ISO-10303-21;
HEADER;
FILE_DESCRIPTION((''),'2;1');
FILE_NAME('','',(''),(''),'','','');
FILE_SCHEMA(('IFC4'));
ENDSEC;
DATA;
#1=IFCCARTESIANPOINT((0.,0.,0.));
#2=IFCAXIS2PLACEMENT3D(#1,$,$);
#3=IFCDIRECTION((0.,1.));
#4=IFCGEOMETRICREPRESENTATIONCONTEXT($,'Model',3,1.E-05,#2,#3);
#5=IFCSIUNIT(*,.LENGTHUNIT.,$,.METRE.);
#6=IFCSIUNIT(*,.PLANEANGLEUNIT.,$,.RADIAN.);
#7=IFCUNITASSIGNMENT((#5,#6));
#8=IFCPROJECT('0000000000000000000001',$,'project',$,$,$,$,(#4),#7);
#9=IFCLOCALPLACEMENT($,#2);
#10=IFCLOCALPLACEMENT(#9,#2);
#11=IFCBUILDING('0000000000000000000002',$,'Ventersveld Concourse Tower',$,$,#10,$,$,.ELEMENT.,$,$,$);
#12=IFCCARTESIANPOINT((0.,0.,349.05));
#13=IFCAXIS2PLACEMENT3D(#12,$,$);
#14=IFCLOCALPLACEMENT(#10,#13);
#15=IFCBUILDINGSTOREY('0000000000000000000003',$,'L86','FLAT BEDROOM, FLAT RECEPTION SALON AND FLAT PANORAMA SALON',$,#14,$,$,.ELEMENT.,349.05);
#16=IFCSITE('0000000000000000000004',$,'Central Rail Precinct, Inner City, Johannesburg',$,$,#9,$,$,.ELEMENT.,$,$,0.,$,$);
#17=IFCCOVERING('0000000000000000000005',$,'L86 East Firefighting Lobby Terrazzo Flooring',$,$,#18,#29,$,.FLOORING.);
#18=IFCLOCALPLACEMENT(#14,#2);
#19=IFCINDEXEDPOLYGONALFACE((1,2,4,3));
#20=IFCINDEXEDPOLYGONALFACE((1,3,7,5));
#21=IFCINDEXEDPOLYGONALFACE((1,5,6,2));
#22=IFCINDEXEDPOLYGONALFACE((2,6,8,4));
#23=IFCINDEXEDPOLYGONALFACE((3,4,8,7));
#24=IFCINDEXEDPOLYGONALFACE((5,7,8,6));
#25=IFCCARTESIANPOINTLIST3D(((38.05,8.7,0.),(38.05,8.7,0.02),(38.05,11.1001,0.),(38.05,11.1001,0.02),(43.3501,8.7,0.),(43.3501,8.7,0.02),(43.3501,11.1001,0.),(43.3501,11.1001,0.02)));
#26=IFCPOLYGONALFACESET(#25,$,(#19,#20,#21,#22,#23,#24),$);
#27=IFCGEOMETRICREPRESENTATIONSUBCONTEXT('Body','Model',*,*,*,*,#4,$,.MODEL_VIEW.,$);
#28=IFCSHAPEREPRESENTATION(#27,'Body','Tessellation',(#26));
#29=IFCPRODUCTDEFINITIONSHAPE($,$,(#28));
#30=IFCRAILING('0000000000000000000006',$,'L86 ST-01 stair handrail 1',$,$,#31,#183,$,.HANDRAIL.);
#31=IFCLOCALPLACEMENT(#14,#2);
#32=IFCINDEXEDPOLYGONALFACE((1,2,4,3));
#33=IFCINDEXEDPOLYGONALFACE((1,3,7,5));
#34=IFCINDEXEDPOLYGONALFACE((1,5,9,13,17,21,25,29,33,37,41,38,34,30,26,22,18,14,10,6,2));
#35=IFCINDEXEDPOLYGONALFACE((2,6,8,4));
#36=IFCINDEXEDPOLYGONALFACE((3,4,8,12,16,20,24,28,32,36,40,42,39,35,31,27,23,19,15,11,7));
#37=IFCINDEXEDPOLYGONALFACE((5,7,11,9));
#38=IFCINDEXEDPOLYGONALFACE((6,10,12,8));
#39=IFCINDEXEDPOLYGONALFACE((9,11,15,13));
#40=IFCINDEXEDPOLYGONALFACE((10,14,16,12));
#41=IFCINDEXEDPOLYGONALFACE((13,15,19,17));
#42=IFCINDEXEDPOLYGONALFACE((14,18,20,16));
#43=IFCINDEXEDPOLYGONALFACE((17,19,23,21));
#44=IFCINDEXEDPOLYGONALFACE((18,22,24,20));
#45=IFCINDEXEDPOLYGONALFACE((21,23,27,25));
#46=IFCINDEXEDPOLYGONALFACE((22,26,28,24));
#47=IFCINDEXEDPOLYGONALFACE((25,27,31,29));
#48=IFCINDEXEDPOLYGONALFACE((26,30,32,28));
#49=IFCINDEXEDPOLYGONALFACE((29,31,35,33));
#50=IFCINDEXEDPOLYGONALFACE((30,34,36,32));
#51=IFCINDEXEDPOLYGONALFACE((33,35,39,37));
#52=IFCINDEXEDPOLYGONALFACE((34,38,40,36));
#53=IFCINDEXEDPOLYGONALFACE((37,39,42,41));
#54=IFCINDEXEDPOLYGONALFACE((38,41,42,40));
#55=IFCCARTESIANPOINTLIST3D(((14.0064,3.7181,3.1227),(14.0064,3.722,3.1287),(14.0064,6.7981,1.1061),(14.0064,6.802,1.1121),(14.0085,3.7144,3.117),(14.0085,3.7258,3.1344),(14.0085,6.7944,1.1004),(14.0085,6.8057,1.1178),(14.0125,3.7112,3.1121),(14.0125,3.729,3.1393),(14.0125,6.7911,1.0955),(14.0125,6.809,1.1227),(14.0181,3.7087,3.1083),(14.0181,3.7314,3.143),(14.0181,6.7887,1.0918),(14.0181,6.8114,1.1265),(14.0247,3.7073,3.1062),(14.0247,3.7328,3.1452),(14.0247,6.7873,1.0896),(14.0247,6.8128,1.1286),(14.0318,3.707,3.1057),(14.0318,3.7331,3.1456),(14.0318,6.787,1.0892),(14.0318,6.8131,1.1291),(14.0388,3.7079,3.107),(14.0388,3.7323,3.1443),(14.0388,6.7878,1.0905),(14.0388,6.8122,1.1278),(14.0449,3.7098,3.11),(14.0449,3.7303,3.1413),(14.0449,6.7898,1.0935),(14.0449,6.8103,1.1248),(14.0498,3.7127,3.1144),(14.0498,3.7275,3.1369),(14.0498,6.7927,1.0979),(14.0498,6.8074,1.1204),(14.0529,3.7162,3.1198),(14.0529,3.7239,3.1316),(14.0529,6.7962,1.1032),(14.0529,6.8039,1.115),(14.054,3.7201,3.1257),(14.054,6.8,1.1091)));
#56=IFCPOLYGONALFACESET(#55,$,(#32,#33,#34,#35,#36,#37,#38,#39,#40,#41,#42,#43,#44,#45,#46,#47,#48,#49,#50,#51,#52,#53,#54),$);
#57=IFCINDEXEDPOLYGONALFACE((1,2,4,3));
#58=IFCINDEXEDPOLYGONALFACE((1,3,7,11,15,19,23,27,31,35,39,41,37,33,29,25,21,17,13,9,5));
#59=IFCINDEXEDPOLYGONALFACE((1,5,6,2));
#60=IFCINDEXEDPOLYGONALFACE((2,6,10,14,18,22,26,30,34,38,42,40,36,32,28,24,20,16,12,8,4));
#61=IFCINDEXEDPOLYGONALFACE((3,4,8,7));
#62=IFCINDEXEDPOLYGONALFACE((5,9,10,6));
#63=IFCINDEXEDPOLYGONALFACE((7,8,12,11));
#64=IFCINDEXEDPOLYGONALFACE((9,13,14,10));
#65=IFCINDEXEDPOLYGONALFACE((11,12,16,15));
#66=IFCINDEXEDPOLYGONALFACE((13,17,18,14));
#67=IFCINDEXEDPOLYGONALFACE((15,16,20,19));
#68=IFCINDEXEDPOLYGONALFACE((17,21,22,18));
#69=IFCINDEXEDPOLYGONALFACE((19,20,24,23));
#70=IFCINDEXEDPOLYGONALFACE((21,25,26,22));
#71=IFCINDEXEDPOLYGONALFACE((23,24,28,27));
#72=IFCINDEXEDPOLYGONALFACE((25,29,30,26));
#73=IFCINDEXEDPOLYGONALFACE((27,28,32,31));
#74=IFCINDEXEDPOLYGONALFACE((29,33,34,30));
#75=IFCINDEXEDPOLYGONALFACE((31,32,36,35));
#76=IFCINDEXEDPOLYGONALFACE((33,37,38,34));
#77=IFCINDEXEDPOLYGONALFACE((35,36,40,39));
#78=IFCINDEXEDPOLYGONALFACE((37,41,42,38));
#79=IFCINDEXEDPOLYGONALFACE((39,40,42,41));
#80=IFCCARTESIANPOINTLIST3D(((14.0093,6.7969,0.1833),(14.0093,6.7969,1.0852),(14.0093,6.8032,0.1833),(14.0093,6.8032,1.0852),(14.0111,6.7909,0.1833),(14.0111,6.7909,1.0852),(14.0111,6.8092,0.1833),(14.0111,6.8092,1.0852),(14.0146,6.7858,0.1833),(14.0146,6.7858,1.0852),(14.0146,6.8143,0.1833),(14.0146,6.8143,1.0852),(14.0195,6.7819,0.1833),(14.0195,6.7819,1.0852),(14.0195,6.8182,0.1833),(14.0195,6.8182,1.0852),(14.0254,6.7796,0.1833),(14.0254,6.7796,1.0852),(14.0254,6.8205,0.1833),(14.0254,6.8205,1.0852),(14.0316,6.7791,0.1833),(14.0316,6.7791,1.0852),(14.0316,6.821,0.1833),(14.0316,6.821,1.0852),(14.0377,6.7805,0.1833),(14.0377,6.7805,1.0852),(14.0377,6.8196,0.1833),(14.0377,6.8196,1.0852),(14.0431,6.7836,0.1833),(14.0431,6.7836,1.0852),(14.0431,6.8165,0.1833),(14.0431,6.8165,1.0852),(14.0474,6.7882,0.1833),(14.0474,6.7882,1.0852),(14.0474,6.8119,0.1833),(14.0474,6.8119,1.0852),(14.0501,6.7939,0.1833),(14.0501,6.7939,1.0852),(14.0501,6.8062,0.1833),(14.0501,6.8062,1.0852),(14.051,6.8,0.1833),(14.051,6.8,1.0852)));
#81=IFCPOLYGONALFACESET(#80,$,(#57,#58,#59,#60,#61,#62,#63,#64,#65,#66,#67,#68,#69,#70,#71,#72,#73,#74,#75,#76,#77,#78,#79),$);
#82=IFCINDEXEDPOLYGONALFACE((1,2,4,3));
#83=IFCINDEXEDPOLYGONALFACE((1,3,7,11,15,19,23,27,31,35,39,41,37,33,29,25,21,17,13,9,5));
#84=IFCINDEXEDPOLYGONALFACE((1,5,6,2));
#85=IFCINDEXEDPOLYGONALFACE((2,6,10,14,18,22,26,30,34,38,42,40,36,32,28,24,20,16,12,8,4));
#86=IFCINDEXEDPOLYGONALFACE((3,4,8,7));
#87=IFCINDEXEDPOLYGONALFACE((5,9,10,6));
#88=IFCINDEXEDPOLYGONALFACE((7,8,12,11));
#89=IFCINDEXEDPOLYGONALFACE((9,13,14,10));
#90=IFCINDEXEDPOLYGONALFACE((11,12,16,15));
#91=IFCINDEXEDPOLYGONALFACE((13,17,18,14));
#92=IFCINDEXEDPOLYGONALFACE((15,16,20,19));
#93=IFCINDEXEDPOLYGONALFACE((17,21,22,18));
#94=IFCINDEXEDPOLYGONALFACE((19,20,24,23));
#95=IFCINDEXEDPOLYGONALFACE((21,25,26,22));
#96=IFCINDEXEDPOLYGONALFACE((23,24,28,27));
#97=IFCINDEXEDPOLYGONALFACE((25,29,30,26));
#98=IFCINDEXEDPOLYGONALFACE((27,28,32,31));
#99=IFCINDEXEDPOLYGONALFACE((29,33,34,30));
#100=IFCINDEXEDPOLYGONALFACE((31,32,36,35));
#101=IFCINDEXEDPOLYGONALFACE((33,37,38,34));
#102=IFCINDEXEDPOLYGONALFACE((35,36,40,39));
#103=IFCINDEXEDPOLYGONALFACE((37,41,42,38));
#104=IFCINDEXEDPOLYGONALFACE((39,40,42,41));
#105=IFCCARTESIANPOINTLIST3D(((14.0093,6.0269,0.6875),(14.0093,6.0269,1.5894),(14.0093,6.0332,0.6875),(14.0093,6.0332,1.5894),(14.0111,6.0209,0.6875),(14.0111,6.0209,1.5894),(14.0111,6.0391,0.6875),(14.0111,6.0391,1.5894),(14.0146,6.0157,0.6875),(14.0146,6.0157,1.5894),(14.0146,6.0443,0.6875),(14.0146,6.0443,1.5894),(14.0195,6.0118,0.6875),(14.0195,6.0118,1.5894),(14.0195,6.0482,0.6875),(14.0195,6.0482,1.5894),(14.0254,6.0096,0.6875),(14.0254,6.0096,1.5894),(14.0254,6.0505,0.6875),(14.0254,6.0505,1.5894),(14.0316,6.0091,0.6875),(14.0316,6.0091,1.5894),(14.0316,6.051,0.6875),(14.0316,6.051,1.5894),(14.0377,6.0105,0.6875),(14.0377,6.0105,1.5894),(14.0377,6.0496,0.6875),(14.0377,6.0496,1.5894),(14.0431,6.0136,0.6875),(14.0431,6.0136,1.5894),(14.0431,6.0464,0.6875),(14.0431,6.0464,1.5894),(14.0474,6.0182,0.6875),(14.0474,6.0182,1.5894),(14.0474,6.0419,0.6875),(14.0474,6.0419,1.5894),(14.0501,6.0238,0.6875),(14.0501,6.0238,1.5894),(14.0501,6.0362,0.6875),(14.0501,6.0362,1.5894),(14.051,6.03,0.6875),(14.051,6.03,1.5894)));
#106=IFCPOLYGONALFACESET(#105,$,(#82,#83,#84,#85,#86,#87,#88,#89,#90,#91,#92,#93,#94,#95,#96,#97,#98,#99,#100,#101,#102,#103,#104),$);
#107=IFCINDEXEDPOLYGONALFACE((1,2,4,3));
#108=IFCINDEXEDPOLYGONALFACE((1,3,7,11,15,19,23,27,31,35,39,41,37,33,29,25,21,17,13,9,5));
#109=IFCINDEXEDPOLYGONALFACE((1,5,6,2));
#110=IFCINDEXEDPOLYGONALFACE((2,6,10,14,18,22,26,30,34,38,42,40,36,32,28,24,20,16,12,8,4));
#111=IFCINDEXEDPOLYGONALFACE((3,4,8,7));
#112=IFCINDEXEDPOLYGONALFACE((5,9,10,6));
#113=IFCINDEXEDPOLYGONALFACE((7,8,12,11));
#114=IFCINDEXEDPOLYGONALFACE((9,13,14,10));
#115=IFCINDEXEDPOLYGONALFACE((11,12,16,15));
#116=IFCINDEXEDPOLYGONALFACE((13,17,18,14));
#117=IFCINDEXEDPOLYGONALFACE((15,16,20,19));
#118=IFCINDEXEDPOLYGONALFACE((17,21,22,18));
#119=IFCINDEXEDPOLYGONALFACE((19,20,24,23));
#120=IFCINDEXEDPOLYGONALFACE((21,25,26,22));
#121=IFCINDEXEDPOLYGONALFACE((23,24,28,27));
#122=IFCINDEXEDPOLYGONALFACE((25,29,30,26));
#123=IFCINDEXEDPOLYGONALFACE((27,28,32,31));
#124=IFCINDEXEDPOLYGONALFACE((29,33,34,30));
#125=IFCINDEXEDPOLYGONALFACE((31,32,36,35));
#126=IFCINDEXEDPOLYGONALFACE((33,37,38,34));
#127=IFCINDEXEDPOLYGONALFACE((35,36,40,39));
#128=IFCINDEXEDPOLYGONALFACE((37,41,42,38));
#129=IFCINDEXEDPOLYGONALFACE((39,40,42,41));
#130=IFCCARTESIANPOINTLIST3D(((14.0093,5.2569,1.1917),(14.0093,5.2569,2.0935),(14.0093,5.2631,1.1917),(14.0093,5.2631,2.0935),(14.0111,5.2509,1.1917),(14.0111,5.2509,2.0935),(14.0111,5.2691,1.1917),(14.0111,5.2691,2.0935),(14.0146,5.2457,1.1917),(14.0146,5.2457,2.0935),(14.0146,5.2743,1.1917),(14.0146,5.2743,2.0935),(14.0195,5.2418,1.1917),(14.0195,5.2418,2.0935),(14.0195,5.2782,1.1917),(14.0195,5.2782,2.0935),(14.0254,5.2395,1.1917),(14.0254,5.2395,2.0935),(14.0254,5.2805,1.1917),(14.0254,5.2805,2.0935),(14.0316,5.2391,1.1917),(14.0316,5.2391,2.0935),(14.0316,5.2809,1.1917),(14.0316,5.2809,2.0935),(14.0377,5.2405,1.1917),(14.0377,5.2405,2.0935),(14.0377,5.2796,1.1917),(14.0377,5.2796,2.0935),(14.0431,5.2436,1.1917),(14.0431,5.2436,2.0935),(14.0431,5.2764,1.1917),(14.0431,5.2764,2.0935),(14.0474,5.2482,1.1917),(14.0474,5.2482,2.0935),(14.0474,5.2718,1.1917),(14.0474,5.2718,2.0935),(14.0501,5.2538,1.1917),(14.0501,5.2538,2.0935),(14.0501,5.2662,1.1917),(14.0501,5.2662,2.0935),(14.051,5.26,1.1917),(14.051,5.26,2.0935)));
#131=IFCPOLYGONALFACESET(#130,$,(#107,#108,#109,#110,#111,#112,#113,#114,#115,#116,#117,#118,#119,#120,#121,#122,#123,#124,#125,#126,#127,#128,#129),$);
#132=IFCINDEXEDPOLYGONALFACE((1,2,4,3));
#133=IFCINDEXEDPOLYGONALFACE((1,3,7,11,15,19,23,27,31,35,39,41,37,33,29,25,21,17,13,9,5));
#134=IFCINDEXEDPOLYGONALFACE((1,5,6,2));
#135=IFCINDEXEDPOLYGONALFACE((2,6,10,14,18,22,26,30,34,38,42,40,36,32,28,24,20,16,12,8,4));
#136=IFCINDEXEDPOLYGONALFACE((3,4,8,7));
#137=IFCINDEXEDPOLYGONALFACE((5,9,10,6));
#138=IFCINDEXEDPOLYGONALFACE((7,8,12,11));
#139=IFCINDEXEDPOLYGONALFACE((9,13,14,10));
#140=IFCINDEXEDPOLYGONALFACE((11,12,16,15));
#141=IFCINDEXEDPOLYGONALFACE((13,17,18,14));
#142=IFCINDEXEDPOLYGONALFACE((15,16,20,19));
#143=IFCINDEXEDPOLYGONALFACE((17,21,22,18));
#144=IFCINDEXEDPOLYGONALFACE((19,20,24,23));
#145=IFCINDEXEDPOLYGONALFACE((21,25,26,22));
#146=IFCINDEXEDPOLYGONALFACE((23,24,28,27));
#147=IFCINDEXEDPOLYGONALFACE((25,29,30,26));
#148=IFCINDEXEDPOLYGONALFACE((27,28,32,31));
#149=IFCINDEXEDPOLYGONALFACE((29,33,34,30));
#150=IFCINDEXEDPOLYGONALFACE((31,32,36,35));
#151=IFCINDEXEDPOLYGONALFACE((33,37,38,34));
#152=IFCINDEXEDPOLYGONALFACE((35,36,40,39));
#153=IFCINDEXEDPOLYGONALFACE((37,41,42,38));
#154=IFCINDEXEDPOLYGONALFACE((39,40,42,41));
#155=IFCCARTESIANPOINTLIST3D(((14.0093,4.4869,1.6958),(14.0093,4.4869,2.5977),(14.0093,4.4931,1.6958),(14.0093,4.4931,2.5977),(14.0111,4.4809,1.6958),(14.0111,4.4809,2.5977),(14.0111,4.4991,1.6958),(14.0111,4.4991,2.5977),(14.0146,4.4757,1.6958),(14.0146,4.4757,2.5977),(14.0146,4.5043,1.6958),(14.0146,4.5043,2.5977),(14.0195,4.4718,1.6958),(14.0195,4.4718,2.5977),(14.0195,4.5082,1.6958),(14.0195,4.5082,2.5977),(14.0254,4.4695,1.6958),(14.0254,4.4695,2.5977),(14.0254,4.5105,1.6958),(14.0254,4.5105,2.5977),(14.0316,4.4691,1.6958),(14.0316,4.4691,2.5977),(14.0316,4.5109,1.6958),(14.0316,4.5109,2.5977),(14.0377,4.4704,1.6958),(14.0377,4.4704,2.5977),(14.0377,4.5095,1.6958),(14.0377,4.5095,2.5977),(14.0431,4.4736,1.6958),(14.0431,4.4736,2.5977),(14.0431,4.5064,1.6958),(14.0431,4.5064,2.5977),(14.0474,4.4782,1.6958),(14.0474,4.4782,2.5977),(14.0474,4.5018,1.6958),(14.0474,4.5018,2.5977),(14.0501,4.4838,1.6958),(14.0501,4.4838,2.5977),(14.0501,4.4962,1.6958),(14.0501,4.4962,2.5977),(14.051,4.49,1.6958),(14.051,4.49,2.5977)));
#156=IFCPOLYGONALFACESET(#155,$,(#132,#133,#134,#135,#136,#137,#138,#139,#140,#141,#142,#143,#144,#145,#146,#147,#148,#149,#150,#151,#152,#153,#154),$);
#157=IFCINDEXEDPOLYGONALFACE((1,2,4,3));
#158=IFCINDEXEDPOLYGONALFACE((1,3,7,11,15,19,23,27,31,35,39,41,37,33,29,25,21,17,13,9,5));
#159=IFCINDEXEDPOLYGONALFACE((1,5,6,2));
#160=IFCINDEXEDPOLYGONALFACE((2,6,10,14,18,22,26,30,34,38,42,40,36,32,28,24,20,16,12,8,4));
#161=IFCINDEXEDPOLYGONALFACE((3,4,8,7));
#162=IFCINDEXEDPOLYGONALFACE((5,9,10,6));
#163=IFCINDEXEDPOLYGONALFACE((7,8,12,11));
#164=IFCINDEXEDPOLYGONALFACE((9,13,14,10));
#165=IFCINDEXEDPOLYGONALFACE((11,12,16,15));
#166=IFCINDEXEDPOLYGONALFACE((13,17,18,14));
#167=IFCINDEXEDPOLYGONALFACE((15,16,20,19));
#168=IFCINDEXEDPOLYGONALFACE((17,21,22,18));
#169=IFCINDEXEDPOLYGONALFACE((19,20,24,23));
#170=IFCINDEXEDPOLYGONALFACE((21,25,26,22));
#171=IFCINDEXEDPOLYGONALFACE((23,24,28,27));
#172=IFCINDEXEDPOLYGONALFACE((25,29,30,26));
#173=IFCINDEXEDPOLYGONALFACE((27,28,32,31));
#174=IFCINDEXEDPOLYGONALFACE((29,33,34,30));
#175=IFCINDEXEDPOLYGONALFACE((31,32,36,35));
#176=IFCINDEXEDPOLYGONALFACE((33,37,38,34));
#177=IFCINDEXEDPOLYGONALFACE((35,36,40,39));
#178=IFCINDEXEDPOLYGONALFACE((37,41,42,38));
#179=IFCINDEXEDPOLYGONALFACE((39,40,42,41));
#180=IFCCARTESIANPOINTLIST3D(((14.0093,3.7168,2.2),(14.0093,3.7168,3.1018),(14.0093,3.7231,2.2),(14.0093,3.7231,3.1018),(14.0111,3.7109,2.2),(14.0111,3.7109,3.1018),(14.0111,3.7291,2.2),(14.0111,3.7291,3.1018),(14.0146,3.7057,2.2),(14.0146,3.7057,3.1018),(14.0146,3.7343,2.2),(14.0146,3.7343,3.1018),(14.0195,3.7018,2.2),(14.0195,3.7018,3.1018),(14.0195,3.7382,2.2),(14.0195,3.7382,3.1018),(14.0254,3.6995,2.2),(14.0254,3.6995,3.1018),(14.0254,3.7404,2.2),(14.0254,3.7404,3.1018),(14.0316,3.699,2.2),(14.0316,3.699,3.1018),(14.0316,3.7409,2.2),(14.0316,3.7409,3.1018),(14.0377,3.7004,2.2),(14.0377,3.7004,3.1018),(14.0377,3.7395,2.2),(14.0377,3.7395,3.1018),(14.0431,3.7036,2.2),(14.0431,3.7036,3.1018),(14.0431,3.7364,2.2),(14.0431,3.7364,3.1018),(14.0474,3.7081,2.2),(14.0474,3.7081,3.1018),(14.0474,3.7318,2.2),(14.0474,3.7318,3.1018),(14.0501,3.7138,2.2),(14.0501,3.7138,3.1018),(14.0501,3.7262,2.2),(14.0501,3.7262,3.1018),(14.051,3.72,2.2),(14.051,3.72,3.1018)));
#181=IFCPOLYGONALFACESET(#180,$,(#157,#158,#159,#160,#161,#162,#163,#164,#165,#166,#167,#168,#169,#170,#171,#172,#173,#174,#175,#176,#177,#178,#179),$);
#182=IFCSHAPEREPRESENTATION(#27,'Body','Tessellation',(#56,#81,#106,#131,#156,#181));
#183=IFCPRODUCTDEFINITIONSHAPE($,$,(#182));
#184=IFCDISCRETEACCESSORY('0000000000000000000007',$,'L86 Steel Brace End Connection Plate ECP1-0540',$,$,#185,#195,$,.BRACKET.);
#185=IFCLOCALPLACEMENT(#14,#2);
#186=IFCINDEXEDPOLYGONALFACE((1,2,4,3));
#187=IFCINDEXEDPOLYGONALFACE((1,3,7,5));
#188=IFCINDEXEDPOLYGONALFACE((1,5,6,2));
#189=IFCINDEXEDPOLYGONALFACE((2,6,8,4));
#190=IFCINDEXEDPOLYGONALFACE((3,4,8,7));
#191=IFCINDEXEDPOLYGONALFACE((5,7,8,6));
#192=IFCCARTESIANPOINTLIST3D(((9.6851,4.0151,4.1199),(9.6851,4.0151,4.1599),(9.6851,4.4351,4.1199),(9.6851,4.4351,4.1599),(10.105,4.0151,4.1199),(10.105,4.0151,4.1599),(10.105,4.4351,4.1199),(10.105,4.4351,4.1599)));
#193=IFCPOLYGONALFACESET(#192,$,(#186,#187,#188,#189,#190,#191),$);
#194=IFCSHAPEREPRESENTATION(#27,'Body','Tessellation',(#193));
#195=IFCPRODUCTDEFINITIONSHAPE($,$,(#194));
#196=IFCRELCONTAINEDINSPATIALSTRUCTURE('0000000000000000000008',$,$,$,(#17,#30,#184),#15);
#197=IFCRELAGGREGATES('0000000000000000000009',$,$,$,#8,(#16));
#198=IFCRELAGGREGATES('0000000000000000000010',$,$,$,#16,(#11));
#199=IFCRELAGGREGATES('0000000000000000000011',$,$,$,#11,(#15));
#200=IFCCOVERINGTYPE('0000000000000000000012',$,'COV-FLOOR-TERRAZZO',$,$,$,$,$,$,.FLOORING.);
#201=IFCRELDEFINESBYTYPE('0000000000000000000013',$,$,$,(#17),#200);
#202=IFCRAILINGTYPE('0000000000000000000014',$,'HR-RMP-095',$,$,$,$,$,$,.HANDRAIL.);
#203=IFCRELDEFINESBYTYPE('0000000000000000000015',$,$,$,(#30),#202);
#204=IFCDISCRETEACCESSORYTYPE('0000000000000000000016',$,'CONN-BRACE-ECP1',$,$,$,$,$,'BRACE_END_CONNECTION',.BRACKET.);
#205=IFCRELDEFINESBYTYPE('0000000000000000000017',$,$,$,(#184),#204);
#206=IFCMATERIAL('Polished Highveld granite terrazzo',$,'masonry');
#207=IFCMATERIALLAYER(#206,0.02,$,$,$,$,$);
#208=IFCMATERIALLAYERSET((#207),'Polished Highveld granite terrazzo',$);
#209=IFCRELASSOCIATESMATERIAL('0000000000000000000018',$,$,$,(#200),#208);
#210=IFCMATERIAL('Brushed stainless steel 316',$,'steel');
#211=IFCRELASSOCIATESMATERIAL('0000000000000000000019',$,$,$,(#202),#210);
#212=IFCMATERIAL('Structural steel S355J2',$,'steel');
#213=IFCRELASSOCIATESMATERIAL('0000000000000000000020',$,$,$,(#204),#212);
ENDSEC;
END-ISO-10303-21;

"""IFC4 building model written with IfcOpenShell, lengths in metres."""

from ifc_helpers import new_model, si_unit, direction, frame, origin, origin_2d, place, context, subcontext, project, spatial, polyline, rectangle, circle, outline, extrude, material, layer, layer_set, type_object, element, save


model = new_model("IFC4")

# Units and contexts
model_context = context("Model", 3, precision=1e-05, world=origin(), true_north=direction((0.0, 1.0)))
body_context = subcontext(model_context, "Body", "Model", "MODEL_VIEW")
ifc_project = project(units=[si_unit("LENGTHUNIT", "METRE"), si_unit("PLANEANGLEUNIT", "RADIAN")], contexts=[model_context])

# Site, building, storey
site_placement = place(None, origin())
site = spatial("IfcSite", under=ifc_project, at=site_placement, Name="Central Rail Precinct, Inner City, Johannesburg", CompositionType="ELEMENT", RefElevation=0.0)
building_placement = place(site_placement, origin())
building = spatial("IfcBuilding", under=site, at=building_placement, Name="Ventersveld Concourse Tower", CompositionType="ELEMENT")
storey_placement = place(building_placement, frame((0.0, 0.0, 349.05)))
storey = spatial("IfcBuildingStorey", under=building, at=storey_placement, Name="L86", Description="FLAT BEDROOM, FLAT RECEPTION SALON AND FLAT PANORAMA SALON", CompositionType="ELEMENT", Elevation=349.05)

# Shared definitions
ifc_material_1 = material(Name="Structural steel S355J2", Category="steel")

# Covering
ifc_material_2 = material(Name="Polished Highveld granite terrazzo", Category="masonry")
ifc_layer_1 = layer(ifc_material_2, 0.02)
ifc_layer_set_1 = layer_set([ifc_layer_1], Name="Polished Highveld granite terrazzo")
covering_type_1 = type_object("IfcCoveringType", Name="COV-FLOOR-TERRAZZO", PredefinedType="FLOORING", material=ifc_layer_set_1)
covering_1_placement = place(storey_placement, origin())
element("IfcCovering", 1, at=covering_1_placement, inside=storey, type_object=covering_type_1, Name="L86 East Firefighting Lobby Terrazzo Flooring", PredefinedType="FLOORING", context=body_context, shape_type="SweptSolid", body=[
    extrude(outline(polyline([(38.05, 8.7), (43.3501, 8.7), (43.3501, 11.1001), (38.05, 11.1001), (38.05, 8.7)])), origin(), (0.0, 0.0, 1.0), 0.02),
])

# Railing
ifc_material_3 = material(Name="Brushed stainless steel 316", Category="steel")
railing_type = type_object("IfcRailingType", Name="HR-RMP-095", PredefinedType="HANDRAIL", material=ifc_material_3)
railing_placement = place(storey_placement, frame((14.03, 6.8, 0.1833)))
element("IfcRailing", 2, at=railing_placement, inside=storey, type_object=railing_type, Name="L86 ST-01 stair handrail 1", PredefinedType="HANDRAIL", context=body_context, shape_type="SweptSolid", body=[
    extrude(circle(Radius=0.0239, at=origin_2d()), frame((0.0, 0.0, 0.9258), z_axis=(0.0, -0.836633, 0.547764), x_axis=(1.0, 0.0, 0.0)), (0.0, 0.0, 1.0), 3.6814),
    extrude(circle(Radius=0.021, at=origin_2d()), origin(), (0.0, 0.0, 1.0), 0.9019),
    extrude(circle(Radius=0.021, at=origin_2d()), frame((0.0, -0.77, 0.5042)), (0.0, 0.0, 1.0), 0.9019),
    extrude(circle(Radius=0.021, at=origin_2d()), frame((0.0, -1.54, 1.0083)), (0.0, 0.0, 1.0), 0.9019),
    extrude(circle(Radius=0.021, at=origin_2d()), frame((0.0, -2.3101, 1.5125)), (0.0, 0.0, 1.0), 0.9019),
    extrude(circle(Radius=0.021, at=origin_2d()), frame((0.0, -3.0801, 2.0166)), (0.0, 0.0, 1.0), 0.9019),
])

# Discrete accessory
discrete_accessory_type = type_object("IfcDiscreteAccessoryType", Name="CONN-BRACE-ECP1", ElementType="BRACE_END_CONNECTION", PredefinedType="BRACKET", material=ifc_material_1)
discrete_accessory_placement = place(storey_placement, frame((9.895, 4.2251, 4.1199), z_axis=(0.0, 0.0, 1.0), x_axis=(1.0, 0.0, 0.0)))
element("IfcDiscreteAccessory", 3, at=discrete_accessory_placement, inside=storey, type_object=discrete_accessory_type, Name="L86 Steel Brace End Connection Plate ECP1-0540", PredefinedType="BRACKET", context=body_context, shape_type="SweptSolid", body=[
    extrude(rectangle(XDim=0.4199, YDim=0.4199, at=origin_2d()), origin(), (0.0, 0.0, 1.0), 0.04),
])

save(model, "model.ifc")
